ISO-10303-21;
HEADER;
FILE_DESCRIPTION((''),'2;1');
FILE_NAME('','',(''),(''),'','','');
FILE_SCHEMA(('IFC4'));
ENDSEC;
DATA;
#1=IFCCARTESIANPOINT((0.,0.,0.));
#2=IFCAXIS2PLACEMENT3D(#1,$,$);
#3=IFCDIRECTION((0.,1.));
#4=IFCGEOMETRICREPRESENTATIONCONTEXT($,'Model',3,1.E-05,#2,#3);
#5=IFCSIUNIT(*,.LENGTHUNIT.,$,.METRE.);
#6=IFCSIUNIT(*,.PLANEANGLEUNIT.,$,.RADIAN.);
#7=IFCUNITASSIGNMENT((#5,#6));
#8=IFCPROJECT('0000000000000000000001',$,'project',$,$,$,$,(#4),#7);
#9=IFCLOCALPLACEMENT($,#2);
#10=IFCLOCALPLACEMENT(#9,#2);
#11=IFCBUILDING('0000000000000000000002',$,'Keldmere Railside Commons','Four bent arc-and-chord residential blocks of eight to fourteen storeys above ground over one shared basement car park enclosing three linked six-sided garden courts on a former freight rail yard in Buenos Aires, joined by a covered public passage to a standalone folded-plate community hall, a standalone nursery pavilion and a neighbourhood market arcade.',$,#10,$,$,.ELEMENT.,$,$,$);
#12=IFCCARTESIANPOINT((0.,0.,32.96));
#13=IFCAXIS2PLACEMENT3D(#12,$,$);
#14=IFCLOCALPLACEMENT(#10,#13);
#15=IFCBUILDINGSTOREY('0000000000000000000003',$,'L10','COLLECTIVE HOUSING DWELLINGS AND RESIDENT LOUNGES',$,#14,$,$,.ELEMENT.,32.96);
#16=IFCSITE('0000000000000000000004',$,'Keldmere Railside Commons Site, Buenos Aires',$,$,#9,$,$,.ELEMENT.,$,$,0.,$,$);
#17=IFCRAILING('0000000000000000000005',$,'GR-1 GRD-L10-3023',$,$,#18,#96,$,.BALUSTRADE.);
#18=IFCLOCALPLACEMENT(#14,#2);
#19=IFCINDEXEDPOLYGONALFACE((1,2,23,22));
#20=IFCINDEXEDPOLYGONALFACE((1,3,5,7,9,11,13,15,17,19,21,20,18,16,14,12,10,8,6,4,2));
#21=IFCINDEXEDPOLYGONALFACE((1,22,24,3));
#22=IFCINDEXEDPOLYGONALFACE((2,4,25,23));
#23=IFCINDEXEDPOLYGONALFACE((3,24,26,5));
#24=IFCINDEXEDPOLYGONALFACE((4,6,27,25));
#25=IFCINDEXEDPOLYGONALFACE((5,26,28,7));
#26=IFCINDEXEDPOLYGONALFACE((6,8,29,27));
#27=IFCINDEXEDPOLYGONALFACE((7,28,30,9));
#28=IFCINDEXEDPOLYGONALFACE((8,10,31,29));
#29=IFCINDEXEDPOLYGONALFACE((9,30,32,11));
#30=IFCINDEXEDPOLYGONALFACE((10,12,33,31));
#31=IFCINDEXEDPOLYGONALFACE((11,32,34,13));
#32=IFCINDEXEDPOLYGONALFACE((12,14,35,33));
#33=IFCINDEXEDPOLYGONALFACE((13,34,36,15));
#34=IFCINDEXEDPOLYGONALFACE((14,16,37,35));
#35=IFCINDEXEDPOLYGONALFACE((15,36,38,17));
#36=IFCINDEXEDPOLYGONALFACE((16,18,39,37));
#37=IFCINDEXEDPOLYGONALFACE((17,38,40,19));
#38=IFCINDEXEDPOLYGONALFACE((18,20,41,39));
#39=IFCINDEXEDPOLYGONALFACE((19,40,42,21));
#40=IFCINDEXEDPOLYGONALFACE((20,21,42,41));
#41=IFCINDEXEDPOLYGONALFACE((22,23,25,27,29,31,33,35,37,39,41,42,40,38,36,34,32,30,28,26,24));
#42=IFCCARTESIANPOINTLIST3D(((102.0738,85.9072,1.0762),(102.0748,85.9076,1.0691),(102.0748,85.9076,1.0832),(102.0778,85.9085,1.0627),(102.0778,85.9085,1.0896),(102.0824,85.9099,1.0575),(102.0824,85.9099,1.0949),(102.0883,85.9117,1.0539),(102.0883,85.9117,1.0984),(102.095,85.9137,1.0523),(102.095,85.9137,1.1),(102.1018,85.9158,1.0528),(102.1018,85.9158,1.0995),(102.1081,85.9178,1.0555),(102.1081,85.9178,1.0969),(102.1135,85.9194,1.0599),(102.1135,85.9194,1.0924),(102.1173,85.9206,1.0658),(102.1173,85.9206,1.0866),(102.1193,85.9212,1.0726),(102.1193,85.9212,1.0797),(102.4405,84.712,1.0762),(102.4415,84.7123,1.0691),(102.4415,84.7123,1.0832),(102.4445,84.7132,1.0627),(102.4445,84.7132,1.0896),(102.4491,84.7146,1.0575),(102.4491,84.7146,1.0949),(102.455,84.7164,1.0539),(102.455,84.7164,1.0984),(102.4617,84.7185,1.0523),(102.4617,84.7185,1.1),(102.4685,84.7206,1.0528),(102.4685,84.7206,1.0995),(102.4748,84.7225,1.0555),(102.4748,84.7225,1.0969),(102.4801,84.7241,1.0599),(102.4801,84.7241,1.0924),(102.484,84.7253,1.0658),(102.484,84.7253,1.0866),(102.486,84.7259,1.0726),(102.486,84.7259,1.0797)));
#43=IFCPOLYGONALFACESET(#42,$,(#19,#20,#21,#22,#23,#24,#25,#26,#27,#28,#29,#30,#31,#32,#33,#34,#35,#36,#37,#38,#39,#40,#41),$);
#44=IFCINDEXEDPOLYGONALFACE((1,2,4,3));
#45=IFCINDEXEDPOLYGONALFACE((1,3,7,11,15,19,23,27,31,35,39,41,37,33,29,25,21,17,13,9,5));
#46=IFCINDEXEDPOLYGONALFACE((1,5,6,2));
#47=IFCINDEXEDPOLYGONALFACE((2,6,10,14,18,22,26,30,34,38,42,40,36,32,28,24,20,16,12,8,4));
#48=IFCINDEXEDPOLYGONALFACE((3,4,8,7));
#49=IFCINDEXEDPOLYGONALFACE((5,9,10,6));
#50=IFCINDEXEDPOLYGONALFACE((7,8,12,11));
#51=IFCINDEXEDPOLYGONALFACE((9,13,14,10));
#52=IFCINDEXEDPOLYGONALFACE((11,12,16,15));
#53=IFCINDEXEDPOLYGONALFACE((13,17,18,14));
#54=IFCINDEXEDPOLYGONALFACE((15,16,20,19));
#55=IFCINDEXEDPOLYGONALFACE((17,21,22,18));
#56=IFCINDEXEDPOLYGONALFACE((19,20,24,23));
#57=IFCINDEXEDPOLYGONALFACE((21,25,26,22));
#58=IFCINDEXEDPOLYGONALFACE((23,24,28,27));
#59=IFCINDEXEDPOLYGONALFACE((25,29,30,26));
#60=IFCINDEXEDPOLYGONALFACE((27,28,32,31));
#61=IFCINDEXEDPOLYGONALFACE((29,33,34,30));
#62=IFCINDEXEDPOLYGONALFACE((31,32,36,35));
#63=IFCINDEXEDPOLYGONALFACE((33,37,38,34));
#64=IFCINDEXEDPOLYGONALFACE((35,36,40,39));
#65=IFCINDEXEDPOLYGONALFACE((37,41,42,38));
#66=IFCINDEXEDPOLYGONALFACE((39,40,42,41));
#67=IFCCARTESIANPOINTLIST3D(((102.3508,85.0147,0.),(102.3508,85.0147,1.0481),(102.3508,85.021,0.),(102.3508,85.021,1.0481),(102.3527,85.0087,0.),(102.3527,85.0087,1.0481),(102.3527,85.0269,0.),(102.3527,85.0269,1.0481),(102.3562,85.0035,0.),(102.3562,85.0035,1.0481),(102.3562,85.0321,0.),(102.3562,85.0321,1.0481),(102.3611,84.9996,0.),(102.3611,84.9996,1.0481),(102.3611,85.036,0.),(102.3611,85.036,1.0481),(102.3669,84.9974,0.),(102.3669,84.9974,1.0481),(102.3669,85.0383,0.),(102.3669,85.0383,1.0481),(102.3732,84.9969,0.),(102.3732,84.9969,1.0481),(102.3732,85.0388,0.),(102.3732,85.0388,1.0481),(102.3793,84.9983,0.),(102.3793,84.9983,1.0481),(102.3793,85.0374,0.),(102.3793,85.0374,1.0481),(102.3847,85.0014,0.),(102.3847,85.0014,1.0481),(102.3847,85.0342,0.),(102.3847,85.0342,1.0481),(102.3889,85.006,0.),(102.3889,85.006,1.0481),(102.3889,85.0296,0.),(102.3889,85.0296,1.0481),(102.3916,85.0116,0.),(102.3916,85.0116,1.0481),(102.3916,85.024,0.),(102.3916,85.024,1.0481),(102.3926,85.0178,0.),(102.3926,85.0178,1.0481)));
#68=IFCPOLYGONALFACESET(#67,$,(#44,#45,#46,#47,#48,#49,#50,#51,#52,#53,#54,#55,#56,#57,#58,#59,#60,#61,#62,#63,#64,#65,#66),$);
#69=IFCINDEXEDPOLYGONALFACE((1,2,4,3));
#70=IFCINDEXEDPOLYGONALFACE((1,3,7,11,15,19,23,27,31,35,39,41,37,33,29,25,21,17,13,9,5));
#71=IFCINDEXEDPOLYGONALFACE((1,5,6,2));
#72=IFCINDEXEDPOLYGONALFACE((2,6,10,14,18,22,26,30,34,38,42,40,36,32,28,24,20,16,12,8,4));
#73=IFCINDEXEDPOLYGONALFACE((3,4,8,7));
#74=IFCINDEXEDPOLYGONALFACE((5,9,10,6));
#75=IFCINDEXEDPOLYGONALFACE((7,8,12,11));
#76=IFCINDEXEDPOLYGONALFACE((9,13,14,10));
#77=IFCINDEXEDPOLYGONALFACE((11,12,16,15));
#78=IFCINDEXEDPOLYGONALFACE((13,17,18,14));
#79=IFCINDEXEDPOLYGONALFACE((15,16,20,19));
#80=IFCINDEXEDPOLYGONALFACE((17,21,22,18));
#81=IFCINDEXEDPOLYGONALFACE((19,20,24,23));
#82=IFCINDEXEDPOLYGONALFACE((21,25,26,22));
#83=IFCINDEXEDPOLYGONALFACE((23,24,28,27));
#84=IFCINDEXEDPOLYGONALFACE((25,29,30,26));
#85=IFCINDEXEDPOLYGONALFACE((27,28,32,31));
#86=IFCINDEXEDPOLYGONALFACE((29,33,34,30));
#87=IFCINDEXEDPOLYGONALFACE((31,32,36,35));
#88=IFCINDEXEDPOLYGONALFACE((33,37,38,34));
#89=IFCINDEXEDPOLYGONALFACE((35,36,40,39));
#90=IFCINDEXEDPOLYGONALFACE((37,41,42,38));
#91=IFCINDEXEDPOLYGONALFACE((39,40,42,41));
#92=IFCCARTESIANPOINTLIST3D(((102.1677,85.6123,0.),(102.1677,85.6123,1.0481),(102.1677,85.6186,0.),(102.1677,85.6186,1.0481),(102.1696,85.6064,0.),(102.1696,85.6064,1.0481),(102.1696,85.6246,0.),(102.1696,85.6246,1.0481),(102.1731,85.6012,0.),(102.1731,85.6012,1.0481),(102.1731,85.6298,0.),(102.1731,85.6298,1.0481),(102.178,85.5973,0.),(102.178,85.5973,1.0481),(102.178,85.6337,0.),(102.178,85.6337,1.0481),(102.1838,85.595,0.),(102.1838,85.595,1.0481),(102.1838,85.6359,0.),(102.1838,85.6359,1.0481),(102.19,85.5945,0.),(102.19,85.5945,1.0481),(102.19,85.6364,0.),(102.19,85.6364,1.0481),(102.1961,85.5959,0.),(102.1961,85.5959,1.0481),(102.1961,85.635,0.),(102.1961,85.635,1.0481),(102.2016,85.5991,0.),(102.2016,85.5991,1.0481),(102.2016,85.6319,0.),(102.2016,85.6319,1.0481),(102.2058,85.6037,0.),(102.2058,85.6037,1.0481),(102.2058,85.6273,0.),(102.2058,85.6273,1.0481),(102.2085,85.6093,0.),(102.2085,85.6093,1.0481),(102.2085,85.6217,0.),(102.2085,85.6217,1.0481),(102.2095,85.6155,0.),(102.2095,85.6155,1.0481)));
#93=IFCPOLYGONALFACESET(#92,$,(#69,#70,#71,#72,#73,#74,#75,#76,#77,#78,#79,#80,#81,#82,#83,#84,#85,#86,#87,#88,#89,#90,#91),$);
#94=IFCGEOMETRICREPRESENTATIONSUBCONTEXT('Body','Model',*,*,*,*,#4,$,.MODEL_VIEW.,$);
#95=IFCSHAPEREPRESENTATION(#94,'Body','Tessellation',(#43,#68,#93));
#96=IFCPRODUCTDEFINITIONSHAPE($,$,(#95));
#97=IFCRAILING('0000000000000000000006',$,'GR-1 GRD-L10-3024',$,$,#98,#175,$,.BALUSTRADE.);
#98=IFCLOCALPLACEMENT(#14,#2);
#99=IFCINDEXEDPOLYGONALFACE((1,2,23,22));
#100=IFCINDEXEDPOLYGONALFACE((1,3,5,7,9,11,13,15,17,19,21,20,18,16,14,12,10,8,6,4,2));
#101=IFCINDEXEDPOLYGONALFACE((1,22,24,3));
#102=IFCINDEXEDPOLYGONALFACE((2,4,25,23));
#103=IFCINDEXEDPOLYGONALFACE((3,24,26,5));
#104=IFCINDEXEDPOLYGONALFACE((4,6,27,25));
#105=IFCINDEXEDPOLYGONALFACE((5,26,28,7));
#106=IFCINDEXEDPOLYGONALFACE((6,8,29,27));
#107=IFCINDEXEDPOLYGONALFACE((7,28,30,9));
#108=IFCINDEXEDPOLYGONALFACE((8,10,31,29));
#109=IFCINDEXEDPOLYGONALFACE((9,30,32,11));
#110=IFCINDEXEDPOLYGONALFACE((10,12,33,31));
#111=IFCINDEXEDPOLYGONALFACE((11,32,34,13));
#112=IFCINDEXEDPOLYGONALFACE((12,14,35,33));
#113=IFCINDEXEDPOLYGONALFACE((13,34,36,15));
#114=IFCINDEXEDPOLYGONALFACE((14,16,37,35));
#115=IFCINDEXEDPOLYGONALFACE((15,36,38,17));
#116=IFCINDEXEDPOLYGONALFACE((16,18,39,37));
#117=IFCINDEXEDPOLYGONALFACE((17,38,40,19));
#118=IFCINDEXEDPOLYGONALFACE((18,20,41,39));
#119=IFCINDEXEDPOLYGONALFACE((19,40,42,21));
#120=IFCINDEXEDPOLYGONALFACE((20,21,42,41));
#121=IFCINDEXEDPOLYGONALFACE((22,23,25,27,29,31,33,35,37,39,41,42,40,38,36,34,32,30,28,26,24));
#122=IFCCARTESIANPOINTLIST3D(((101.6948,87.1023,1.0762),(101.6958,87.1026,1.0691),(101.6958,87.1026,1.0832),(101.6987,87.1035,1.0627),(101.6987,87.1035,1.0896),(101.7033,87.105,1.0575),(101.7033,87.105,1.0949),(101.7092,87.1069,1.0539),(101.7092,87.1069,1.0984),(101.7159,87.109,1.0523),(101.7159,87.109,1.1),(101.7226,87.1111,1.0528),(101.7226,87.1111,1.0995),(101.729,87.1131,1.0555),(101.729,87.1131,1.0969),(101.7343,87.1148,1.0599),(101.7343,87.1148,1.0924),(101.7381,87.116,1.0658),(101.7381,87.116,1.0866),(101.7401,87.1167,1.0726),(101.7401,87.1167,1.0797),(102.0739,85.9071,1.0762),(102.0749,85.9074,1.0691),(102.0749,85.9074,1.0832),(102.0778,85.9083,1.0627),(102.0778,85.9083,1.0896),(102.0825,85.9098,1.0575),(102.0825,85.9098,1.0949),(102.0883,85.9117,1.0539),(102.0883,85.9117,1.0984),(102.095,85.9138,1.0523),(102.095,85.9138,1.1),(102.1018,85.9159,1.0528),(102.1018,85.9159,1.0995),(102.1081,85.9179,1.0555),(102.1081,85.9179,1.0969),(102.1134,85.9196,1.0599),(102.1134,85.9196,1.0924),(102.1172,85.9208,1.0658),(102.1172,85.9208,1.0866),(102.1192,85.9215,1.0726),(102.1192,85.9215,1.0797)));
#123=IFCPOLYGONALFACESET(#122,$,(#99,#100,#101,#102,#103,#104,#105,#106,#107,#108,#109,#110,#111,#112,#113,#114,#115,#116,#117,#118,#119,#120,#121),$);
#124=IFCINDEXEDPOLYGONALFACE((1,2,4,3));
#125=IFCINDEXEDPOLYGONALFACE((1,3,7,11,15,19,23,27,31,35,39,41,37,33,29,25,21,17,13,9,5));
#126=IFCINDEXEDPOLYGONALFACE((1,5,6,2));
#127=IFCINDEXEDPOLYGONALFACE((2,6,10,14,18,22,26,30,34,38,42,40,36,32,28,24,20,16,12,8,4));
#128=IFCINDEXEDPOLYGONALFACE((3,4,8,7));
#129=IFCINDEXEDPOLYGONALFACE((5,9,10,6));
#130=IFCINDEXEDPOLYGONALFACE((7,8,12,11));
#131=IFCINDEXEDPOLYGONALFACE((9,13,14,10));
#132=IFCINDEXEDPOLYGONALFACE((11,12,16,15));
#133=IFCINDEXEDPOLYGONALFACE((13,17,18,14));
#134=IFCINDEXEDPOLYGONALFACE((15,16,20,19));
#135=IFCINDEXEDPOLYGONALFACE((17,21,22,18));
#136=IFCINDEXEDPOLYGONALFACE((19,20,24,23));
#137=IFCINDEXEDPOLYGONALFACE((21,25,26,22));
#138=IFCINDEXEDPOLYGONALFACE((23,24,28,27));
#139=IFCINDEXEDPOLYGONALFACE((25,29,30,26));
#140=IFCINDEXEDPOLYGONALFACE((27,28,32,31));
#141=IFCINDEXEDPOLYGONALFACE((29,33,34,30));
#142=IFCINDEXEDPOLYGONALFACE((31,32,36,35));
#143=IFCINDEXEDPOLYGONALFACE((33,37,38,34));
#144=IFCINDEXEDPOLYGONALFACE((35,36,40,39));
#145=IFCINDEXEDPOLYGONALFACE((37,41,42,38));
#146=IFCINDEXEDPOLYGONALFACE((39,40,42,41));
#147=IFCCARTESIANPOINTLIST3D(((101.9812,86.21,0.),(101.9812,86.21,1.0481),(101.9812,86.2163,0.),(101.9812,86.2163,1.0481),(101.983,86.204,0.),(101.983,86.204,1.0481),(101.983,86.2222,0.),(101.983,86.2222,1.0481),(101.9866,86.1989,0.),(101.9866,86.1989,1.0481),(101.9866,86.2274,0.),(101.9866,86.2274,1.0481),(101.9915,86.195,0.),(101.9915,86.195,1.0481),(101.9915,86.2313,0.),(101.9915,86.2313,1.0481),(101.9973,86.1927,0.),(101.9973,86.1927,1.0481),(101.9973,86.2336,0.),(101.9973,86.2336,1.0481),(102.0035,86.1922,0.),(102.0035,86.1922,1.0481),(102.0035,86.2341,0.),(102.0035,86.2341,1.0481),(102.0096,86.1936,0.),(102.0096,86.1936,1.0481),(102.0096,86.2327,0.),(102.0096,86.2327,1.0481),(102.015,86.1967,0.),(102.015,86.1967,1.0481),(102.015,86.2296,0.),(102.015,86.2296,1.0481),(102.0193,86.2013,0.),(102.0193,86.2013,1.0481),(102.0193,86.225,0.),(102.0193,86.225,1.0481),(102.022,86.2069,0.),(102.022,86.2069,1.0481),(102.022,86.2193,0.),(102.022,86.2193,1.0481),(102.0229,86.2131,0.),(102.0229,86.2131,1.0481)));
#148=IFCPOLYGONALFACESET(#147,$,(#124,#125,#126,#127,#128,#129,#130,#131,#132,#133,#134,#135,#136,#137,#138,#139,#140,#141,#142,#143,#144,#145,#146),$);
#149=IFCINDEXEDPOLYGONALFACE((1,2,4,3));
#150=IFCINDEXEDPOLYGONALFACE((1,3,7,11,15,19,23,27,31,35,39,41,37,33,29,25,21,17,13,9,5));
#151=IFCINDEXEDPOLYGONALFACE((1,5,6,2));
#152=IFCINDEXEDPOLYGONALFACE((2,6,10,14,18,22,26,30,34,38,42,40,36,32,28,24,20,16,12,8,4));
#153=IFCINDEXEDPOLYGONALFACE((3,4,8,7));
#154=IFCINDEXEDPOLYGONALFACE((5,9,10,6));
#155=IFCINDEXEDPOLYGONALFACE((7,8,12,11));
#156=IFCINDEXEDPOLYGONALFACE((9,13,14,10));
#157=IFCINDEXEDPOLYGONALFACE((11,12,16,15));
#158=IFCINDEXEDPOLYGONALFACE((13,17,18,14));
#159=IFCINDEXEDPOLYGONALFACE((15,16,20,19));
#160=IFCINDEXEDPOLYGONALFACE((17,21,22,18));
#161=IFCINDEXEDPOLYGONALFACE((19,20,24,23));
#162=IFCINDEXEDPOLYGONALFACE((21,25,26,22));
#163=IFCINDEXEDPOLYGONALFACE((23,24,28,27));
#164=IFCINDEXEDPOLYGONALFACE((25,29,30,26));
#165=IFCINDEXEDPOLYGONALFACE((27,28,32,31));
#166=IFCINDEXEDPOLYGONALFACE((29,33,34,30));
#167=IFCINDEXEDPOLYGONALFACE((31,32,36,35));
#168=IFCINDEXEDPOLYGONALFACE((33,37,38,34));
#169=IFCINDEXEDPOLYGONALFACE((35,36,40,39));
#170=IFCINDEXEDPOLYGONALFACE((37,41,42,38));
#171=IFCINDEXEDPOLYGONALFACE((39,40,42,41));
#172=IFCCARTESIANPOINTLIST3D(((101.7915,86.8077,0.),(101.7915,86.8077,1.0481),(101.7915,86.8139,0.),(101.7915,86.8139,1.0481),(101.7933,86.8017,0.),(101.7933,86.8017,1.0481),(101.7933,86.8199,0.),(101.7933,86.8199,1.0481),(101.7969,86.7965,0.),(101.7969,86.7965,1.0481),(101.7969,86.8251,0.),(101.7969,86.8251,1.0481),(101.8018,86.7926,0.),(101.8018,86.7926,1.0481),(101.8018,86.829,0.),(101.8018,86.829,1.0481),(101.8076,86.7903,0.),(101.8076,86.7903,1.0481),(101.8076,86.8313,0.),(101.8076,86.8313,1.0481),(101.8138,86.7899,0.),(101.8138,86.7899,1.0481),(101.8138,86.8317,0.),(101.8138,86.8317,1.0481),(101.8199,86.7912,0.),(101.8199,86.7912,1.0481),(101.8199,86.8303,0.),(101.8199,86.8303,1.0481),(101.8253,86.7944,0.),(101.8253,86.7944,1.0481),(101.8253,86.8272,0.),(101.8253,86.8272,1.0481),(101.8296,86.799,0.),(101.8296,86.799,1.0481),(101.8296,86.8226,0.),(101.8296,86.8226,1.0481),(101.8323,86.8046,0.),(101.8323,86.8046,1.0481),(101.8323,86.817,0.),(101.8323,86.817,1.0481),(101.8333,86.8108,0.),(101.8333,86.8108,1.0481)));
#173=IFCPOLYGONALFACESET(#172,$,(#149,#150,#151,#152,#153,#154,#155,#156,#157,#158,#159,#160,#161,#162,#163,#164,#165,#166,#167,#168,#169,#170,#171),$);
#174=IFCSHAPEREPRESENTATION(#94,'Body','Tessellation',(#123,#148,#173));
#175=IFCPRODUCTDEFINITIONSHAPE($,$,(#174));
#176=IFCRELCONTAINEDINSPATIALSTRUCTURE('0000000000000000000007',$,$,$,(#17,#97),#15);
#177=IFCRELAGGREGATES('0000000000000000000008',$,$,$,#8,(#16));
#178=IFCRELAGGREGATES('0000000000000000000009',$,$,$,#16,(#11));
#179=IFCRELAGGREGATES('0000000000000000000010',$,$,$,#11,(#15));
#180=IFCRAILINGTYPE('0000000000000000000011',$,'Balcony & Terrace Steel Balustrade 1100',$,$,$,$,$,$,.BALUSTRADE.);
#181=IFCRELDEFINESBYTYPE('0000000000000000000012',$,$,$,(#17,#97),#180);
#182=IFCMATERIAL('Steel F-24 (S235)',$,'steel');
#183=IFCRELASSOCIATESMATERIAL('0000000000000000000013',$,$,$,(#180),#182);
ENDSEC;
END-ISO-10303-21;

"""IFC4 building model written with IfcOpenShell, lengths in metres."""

from ifc_helpers import new_model, si_unit, direction, frame, origin, origin_2d, place, context, subcontext, project, spatial, circle, extrude, material, type_object, element, save


model = new_model("IFC4")

# Units and contexts
model_context = context("Model", 3, precision=1e-05, world=origin(), true_north=direction((0.0, 1.0)))
body_context = subcontext(model_context, "Body", "Model", "MODEL_VIEW")
ifc_project = project(units=[si_unit("LENGTHUNIT", "METRE"), si_unit("PLANEANGLEUNIT", "RADIAN")], contexts=[model_context])

# Site, building, storey
site_placement = place(None, origin())
site = spatial("IfcSite", under=ifc_project, at=site_placement, Name="Keldmere Railside Commons Site, Buenos Aires", CompositionType="ELEMENT", RefElevation=0.0)
building_placement = place(site_placement, origin())
building = spatial("IfcBuilding", under=site, at=building_placement, Name="Keldmere Railside Commons", Description="Four bent arc-and-chord residential blocks of eight to fourteen storeys above ground over one shared basement car park enclosing three linked six-sided garden courts on a former freight rail yard in Buenos Aires, joined by a covered public passage to a standalone folded-plate community hall, a standalone nursery pavilion and a neighbourhood market arcade.", CompositionType="ELEMENT")
storey_placement = place(building_placement, frame((0.0, 0.0, 32.96)))
storey = spatial("IfcBuildingStorey", under=building, at=storey_placement, Name="L10", Description="COLLECTIVE HOUSING DWELLINGS AND RESIDENT LOUNGES", CompositionType="ELEMENT", Elevation=32.96)

# Railings
ifc_material_1 = material(Name="Steel F-24 (S235)", Category="steel")
railing_type = type_object("IfcRailingType", Name="Balcony & Terrace Steel Balustrade 1100", PredefinedType="BALUSTRADE", material=ifc_material_1)
railing_1_placement = place(storey_placement, frame((102.4634, 84.719, 0.0)))
element("IfcRailing", 1, at=railing_1_placement, inside=storey, type_object=railing_type, Name="GR-1 GRD-L10-3023", PredefinedType="BALUSTRADE", context=body_context, shape_type="SweptSolid", body=[
    extrude(circle(Radius=0.0239, at=origin_2d()), frame((0.0, 0.0, 1.0762), z_axis=(-0.29329, 0.956024, 0.0), x_axis=(-0.956024, -0.29329, 0.0)), (0.0, 0.0, 1.0), 1.2502),
    extrude(circle(Radius=0.021, at=origin_2d()), frame((-0.0918, 0.2988, 0.0)), (0.0, 0.0, 1.0), 1.0481),
    extrude(circle(Radius=0.021, at=origin_2d()), frame((-0.2749, 0.8965, 0.0)), (0.0, 0.0, 1.0), 1.0481),
])
railing_2_placement = place(storey_placement, frame((102.0967, 85.9143, 0.0)))
element("IfcRailing", 2, at=railing_2_placement, inside=storey, type_object=railing_type, Name="GR-1 GRD-L10-3024", PredefinedType="BALUSTRADE", context=body_context, shape_type="SweptSolid", body=[
    extrude(circle(Radius=0.0239, at=origin_2d()), frame((0.0, 0.0, 1.0762), z_axis=(-0.302352, 0.953196, 0.0), x_axis=(-0.953196, -0.302352, 0.0)), (0.0, 0.0, 1.0), 1.2539),
    extrude(circle(Radius=0.021, at=origin_2d()), frame((-0.0947, 0.2988, 0.0)), (0.0, 0.0, 1.0), 1.0481),
    extrude(circle(Radius=0.021, at=origin_2d()), frame((-0.2844, 0.8965, 0.0)), (0.0, 0.0, 1.0), 1.0481),
])

save(model, "model.ifc")
